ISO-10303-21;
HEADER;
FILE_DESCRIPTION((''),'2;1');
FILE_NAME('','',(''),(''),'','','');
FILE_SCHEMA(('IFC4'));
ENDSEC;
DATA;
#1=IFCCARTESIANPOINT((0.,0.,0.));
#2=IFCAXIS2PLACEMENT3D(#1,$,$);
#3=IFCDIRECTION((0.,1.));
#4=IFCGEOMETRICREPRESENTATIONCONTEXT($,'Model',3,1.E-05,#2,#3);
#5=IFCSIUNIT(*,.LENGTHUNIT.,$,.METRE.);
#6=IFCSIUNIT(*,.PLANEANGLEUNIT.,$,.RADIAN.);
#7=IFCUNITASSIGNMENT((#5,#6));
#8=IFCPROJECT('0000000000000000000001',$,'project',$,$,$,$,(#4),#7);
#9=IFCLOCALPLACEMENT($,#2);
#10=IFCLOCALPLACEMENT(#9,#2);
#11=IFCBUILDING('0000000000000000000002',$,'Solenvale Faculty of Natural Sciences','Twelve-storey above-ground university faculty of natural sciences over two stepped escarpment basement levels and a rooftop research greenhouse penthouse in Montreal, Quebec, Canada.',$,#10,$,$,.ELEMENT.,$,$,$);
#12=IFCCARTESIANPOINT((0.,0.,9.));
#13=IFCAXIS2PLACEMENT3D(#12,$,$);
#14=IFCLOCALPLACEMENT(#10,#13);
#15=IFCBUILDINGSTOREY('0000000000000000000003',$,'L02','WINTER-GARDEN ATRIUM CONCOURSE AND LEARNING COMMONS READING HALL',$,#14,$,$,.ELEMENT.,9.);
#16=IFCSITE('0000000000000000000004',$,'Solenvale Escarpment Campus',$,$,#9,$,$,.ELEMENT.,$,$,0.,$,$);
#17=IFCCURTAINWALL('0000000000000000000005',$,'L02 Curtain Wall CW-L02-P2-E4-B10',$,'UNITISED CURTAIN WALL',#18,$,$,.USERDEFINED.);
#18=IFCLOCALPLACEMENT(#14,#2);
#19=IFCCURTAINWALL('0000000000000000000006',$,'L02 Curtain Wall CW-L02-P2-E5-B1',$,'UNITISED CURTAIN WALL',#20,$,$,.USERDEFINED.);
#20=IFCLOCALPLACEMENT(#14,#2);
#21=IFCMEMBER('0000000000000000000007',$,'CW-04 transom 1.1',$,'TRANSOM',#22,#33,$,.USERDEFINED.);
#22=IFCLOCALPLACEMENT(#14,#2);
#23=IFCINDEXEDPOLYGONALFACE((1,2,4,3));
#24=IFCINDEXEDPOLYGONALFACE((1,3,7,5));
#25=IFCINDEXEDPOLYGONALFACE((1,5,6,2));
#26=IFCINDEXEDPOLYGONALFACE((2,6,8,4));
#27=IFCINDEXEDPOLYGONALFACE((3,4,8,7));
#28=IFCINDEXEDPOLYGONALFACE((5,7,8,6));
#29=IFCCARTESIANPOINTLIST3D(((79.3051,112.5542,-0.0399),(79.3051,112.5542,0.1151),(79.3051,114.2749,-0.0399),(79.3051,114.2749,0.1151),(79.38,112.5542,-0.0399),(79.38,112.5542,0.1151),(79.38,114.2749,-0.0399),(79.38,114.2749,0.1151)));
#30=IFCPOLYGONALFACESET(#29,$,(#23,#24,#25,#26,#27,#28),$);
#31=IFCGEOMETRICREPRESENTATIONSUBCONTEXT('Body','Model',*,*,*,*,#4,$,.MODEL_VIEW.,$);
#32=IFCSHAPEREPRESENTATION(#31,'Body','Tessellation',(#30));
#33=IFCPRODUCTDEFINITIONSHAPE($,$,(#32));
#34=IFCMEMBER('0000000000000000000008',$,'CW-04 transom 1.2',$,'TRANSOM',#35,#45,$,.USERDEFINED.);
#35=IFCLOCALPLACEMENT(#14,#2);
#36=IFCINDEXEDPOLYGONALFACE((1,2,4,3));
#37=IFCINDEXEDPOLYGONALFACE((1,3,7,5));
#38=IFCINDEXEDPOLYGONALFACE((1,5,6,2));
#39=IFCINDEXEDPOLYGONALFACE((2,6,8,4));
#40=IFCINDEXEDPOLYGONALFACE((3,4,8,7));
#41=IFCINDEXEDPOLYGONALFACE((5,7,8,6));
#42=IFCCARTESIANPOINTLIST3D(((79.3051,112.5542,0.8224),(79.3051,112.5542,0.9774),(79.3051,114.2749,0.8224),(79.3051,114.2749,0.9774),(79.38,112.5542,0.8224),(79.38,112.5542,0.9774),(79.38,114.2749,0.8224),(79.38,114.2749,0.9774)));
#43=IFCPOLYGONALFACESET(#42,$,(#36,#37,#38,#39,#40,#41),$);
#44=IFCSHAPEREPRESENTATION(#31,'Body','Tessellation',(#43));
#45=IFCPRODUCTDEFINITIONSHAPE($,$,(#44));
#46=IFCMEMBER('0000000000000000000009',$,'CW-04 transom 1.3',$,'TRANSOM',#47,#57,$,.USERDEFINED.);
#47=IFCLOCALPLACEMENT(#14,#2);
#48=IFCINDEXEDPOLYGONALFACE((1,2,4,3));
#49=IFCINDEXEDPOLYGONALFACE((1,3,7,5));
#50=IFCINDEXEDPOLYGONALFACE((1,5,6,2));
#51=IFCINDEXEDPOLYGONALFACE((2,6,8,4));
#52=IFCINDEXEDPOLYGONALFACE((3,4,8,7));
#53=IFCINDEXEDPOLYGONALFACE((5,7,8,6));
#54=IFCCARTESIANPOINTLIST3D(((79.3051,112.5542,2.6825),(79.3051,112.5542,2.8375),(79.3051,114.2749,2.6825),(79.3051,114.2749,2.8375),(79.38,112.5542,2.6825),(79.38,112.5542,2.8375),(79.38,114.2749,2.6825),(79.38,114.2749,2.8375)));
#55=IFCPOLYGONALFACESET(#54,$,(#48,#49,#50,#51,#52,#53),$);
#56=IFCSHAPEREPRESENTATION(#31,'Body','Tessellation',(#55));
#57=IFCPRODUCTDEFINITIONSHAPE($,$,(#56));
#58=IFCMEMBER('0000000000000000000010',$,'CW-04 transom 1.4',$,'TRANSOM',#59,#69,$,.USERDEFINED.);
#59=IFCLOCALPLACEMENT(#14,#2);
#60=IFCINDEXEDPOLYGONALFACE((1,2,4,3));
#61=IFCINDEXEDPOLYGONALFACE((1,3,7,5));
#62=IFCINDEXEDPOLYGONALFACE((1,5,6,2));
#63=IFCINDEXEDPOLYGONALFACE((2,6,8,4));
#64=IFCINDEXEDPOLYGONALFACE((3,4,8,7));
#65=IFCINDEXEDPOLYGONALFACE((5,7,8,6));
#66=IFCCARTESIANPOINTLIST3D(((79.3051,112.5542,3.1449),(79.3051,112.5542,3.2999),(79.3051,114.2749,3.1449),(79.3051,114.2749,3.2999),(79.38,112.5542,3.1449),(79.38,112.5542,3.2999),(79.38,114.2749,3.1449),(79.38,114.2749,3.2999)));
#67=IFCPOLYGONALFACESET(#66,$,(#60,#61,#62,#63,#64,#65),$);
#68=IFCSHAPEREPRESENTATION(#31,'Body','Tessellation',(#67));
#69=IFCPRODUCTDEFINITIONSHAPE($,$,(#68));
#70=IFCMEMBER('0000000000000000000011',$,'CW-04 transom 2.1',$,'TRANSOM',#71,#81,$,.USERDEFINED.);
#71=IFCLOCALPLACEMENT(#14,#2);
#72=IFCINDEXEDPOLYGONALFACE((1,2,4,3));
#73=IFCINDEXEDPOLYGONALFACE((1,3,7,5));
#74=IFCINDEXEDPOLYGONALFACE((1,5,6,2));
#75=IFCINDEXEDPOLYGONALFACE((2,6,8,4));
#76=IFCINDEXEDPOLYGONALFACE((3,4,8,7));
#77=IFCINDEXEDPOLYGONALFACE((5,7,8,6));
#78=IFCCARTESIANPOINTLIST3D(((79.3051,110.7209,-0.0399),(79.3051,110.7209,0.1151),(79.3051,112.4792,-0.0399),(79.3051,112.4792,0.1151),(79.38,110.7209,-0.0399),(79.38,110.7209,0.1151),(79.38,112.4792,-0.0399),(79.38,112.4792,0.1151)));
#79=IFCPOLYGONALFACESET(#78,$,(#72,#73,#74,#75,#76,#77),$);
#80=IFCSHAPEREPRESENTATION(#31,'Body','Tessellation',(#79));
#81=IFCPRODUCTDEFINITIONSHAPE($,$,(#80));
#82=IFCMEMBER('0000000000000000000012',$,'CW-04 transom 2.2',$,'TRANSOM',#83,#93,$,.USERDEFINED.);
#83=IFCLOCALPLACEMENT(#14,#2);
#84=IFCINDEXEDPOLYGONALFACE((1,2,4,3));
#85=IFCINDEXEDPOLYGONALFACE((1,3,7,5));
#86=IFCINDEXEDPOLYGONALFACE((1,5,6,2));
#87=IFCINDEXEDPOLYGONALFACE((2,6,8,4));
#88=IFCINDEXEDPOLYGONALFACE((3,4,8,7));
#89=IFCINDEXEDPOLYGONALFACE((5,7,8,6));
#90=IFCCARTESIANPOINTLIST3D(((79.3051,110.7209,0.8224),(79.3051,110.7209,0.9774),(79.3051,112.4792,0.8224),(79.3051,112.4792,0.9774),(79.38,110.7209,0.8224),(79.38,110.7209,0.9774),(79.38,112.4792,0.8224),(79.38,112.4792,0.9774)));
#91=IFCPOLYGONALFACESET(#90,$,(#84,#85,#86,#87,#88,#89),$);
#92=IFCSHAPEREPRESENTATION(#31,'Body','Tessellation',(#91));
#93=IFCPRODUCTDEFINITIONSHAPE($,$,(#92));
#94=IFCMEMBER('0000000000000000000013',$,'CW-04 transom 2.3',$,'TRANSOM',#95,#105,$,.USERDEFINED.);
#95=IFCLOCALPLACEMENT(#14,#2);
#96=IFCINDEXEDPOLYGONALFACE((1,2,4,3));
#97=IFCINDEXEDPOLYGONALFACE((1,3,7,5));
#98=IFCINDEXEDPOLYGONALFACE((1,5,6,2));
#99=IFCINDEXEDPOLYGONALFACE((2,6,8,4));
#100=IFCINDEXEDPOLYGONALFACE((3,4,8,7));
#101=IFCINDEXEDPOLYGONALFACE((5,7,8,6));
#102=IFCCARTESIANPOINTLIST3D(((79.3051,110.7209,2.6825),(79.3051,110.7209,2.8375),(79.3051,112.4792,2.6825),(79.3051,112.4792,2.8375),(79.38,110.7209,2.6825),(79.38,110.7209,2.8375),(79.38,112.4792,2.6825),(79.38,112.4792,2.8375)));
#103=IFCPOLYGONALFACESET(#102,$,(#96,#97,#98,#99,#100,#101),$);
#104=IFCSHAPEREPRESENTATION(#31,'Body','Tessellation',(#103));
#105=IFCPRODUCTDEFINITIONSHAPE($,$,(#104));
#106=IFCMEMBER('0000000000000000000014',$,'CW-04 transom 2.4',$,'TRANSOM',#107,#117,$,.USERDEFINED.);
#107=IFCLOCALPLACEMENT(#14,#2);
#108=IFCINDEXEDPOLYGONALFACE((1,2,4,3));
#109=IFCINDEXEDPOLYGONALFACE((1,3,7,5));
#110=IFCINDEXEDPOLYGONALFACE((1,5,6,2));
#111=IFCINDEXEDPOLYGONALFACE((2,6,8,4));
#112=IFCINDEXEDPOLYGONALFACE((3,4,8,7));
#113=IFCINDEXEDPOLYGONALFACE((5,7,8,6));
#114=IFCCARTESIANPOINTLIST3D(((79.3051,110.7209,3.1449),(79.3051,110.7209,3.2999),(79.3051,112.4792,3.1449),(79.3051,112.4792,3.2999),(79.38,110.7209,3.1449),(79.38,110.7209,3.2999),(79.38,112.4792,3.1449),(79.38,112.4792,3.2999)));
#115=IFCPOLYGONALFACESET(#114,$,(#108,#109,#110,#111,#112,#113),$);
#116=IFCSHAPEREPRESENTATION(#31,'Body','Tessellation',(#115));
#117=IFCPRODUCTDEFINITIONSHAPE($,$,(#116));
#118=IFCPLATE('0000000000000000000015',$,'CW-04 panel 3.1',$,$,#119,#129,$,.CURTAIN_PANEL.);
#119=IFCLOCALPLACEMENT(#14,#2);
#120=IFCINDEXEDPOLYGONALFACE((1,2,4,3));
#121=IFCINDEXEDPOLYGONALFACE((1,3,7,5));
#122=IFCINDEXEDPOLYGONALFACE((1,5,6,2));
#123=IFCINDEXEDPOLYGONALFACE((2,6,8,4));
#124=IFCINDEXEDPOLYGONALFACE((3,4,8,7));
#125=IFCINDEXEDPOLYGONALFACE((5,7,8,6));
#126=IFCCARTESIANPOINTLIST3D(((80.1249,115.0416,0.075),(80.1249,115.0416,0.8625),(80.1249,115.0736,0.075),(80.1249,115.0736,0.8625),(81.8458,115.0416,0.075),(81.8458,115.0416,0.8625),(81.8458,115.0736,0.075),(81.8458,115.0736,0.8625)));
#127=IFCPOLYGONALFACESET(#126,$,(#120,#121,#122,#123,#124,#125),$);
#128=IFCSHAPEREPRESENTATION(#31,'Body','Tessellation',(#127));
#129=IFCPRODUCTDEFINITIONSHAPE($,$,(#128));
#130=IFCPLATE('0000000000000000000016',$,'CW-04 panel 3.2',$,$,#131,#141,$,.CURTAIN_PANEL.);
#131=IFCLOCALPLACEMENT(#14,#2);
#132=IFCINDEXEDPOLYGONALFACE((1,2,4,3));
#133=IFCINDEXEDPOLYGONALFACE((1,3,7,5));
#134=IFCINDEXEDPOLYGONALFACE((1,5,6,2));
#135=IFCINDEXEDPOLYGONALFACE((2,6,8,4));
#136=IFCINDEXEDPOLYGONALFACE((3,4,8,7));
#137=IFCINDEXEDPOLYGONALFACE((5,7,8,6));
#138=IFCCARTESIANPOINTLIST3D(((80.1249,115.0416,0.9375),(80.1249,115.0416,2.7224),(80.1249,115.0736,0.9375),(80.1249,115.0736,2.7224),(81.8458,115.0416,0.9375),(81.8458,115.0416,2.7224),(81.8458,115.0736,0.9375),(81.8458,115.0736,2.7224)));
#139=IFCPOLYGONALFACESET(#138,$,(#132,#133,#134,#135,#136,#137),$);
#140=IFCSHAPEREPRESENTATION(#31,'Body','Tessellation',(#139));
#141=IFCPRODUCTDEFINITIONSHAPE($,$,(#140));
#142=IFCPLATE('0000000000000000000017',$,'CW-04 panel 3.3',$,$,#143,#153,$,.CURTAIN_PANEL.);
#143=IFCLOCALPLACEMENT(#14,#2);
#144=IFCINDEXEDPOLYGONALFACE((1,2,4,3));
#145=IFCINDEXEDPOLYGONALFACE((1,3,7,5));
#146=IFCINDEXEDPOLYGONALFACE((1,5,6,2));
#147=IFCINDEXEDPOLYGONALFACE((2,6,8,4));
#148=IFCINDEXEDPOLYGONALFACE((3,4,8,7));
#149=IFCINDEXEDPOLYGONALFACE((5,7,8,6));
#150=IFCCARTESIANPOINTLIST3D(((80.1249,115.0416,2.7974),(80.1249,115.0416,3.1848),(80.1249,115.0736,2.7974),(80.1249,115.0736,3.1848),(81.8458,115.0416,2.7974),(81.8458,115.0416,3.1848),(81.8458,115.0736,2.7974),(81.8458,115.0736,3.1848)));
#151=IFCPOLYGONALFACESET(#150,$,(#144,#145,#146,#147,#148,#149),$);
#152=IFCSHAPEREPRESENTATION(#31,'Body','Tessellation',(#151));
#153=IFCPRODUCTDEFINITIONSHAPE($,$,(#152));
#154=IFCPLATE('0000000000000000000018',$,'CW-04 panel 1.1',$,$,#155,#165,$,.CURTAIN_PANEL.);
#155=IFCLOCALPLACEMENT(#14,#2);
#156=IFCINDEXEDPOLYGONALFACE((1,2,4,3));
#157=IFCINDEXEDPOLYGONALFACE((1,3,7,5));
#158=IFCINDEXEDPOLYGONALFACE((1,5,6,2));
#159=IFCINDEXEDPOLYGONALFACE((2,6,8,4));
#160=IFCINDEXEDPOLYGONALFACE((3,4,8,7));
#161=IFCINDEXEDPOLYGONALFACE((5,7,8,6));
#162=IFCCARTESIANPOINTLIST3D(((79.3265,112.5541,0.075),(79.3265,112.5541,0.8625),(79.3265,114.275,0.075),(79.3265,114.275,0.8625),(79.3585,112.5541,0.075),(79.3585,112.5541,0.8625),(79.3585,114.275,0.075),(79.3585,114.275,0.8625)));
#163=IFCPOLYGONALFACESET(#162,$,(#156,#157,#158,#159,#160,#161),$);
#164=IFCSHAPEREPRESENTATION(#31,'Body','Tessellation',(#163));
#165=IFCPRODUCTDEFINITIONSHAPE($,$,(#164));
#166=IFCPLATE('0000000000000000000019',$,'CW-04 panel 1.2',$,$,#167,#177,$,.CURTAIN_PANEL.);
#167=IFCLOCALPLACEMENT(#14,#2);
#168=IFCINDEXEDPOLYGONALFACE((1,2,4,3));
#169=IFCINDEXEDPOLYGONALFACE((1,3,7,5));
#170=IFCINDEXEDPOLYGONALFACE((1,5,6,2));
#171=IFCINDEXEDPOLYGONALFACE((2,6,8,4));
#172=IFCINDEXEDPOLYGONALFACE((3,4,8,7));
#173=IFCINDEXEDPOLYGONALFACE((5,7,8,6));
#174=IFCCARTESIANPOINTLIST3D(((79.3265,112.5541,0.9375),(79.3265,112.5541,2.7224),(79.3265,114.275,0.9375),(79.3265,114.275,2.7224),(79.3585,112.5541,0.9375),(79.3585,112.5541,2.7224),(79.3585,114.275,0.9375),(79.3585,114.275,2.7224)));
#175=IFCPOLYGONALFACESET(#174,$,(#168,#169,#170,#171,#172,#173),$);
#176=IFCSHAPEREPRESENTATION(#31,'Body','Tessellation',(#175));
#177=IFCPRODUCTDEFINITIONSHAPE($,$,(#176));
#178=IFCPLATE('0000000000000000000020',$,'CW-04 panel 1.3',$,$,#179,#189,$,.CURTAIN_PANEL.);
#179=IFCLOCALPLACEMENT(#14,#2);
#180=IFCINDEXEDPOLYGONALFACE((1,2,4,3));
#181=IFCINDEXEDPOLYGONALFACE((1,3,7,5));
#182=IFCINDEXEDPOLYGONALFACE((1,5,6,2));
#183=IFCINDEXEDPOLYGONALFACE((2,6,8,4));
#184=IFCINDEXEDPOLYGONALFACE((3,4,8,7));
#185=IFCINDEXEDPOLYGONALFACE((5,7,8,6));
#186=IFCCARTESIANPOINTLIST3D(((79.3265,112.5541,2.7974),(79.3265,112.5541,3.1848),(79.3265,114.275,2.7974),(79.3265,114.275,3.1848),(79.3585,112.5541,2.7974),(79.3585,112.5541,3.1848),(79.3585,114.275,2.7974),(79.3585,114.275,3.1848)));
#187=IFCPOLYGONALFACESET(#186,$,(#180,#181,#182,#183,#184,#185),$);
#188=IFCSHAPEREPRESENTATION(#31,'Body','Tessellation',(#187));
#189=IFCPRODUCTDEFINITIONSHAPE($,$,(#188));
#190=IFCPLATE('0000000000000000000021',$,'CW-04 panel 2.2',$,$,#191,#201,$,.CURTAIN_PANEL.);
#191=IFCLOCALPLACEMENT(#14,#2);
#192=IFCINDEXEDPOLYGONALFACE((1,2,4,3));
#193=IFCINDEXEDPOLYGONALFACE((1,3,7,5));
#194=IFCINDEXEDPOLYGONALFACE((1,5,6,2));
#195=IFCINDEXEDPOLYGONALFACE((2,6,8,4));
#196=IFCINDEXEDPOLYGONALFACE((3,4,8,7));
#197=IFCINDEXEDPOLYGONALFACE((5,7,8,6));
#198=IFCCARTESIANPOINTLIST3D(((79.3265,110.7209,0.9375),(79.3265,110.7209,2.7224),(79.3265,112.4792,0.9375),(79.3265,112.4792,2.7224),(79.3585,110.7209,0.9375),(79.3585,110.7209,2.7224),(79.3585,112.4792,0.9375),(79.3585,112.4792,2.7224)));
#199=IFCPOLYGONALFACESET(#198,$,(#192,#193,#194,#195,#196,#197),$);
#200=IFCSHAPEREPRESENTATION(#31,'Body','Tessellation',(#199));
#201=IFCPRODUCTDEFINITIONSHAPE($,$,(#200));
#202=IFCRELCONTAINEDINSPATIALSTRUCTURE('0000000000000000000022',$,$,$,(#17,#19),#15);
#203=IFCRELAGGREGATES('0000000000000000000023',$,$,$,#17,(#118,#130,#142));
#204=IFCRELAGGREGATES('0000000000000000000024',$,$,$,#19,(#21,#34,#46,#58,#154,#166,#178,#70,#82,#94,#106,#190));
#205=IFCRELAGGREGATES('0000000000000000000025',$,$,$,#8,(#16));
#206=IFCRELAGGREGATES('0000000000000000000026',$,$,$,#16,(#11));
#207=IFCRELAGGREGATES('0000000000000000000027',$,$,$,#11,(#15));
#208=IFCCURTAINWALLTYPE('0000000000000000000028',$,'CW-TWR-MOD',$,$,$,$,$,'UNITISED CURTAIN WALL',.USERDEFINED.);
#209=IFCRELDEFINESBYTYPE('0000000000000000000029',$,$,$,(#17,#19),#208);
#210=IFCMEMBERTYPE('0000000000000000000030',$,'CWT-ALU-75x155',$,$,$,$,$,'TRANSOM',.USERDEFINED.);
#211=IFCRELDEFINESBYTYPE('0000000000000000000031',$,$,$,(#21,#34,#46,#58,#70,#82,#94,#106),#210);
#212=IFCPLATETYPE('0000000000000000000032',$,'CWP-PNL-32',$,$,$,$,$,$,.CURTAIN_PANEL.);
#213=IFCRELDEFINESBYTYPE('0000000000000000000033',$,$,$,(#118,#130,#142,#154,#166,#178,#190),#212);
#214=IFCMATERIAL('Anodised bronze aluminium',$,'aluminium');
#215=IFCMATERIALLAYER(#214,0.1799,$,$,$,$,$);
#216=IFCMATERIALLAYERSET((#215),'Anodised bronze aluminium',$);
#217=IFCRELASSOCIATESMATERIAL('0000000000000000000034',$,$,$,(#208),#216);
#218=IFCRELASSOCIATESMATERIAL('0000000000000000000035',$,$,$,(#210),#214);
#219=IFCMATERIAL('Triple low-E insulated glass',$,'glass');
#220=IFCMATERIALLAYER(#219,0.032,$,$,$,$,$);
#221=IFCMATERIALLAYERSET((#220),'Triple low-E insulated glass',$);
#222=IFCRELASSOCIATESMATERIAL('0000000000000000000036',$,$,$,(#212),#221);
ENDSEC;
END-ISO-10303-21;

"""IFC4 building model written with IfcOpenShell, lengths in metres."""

from ifc_helpers import new_model, si_unit, direction, frame, origin, origin_2d, place, context, subcontext, project, spatial, rectangle, extrude, material, layer, layer_set, material_profile, profile_set, type_object, element, aggregate, save


model = new_model("IFC4")

# Units and contexts
model_context = context("Model", 3, precision=1e-05, world=origin(), true_north=direction((0.0, 1.0)))
body_context = subcontext(model_context, "Body", "Model", "MODEL_VIEW")
ifc_project = project(units=[si_unit("LENGTHUNIT", "METRE"), si_unit("PLANEANGLEUNIT", "RADIAN")], contexts=[model_context])

# Site, building, storey
site_placement = place(None, origin())
site = spatial("IfcSite", under=ifc_project, at=site_placement, Name="Solenvale Escarpment Campus", CompositionType="ELEMENT", RefElevation=0.0)
building_placement = place(site_placement, origin())
building = spatial("IfcBuilding", under=site, at=building_placement, Name="Solenvale Faculty of Natural Sciences", Description="Twelve-storey above-ground university faculty of natural sciences over two stepped escarpment basement levels and a rooftop research greenhouse penthouse in Montreal, Quebec, Canada.", CompositionType="ELEMENT")
storey_placement = place(building_placement, frame((0.0, 0.0, 9.0)))
storey = spatial("IfcBuildingStorey", under=building, at=storey_placement, Name="L02", Description="WINTER-GARDEN ATRIUM CONCOURSE AND LEARNING COMMONS READING HALL", CompositionType="ELEMENT", Elevation=9.0)

# Curtain walls
ifc_material_1 = material(Name="Anodised bronze aluminium", Category="aluminium")
ifc_layer_1 = layer(ifc_material_1, 0.1799)
ifc_layer_set_1 = layer_set([ifc_layer_1], Name="Anodised bronze aluminium")
curtain_wall_type = type_object("IfcCurtainWallType", Name="CW-TWR-MOD", ElementType="UNITISED CURTAIN WALL", PredefinedType="USERDEFINED", material=ifc_layer_set_1)
curtain_wall_1_placement = place(storey_placement, origin())
curtain_wall_1 = element("IfcCurtainWall", 1, at=curtain_wall_1_placement, inside=storey, type_object=curtain_wall_type, Name="L02 Curtain Wall CW-L02-P2-E4-B10", ObjectType="UNITISED CURTAIN WALL", PredefinedType="USERDEFINED")
curtain_wall_2_placement = place(storey_placement, origin())
curtain_wall_2 = element("IfcCurtainWall", 2, at=curtain_wall_2_placement, inside=storey, type_object=curtain_wall_type, Name="L02 Curtain Wall CW-L02-P2-E5-B1", ObjectType="UNITISED CURTAIN WALL", PredefinedType="USERDEFINED")

# Members
ifc_material_profile_1 = material_profile(ifc_material_1, rectangle(XDim=0.075, YDim=0.155, at=origin_2d()), Name="ALU-TRN-75x155")
ifc_profile_set_1 = profile_set([ifc_material_profile_1], Name="Anodised bronze aluminium")
member_type_1 = type_object("IfcMemberType", Name="CWT-ALU-75x155", ElementType="TRANSOM", PredefinedType="USERDEFINED", material=ifc_profile_set_1)
member_1_placement = place(storey_placement, frame((79.3425, 114.2749, 0.0376), z_axis=(0.0, -1.0, 0.0), x_axis=(1.0, 0.0, 0.0)))
member_1 = element("IfcMember", 3, at=member_1_placement, type_object=member_type_1, Name="CW-04 transom 1.1", ObjectType="TRANSOM", PredefinedType="USERDEFINED", context=body_context, shape_type="SweptSolid", body=[
    extrude(rectangle(XDim=0.075, YDim=0.155, at=origin_2d()), origin(), (0.0, 0.0, 1.0), 1.7207),
])
member_2_placement = place(storey_placement, frame((79.3425, 114.2749, 0.8999), z_axis=(0.0, -1.0, 0.0), x_axis=(1.0, 0.0, 0.0)))
member_2 = element("IfcMember", 4, at=member_2_placement, type_object=member_type_1, Name="CW-04 transom 1.2", ObjectType="TRANSOM", PredefinedType="USERDEFINED", context=body_context, shape_type="SweptSolid", body=[
    extrude(rectangle(XDim=0.075, YDim=0.155, at=origin_2d()), origin(), (0.0, 0.0, 1.0), 1.7207),
])
member_3_placement = place(storey_placement, frame((79.3425, 114.2749, 2.76), z_axis=(0.0, -1.0, 0.0), x_axis=(1.0, 0.0, 0.0)))
member_3 = element("IfcMember", 5, at=member_3_placement, type_object=member_type_1, Name="CW-04 transom 1.3", ObjectType="TRANSOM", PredefinedType="USERDEFINED", context=body_context, shape_type="SweptSolid", body=[
    extrude(rectangle(XDim=0.075, YDim=0.155, at=origin_2d()), origin(), (0.0, 0.0, 1.0), 1.7207),
])
member_4_placement = place(storey_placement, frame((79.3425, 114.2749, 3.2224), z_axis=(0.0, -1.0, 0.0), x_axis=(1.0, 0.0, 0.0)))
member_4 = element("IfcMember", 6, at=member_4_placement, type_object=member_type_1, Name="CW-04 transom 1.4", ObjectType="TRANSOM", PredefinedType="USERDEFINED", context=body_context, shape_type="SweptSolid", body=[
    extrude(rectangle(XDim=0.075, YDim=0.155, at=origin_2d()), origin(), (0.0, 0.0, 1.0), 1.7207),
])
member_5_placement = place(storey_placement, frame((79.3425, 112.4792, 0.0376), z_axis=(0.0, -1.0, 0.0), x_axis=(1.0, 0.0, 0.0)))
member_5 = element("IfcMember", 7, at=member_5_placement, type_object=member_type_1, Name="CW-04 transom 2.1", ObjectType="TRANSOM", PredefinedType="USERDEFINED", context=body_context, shape_type="SweptSolid", body=[
    extrude(rectangle(XDim=0.075, YDim=0.155, at=origin_2d()), origin(), (0.0, 0.0, 1.0), 1.7583),
])
member_6_placement = place(storey_placement, frame((79.3425, 112.4792, 0.8999), z_axis=(0.0, -1.0, 0.0), x_axis=(1.0, 0.0, 0.0)))
member_6 = element("IfcMember", 8, at=member_6_placement, type_object=member_type_1, Name="CW-04 transom 2.2", ObjectType="TRANSOM", PredefinedType="USERDEFINED", context=body_context, shape_type="SweptSolid", body=[
    extrude(rectangle(XDim=0.075, YDim=0.155, at=origin_2d()), origin(), (0.0, 0.0, 1.0), 1.7583),
])
member_7_placement = place(storey_placement, frame((79.3425, 112.4792, 2.76), z_axis=(0.0, -1.0, 0.0), x_axis=(1.0, 0.0, 0.0)))
member_7 = element("IfcMember", 9, at=member_7_placement, type_object=member_type_1, Name="CW-04 transom 2.3", ObjectType="TRANSOM", PredefinedType="USERDEFINED", context=body_context, shape_type="SweptSolid", body=[
    extrude(rectangle(XDim=0.075, YDim=0.155, at=origin_2d()), origin(), (0.0, 0.0, 1.0), 1.7583),
])
member_8_placement = place(storey_placement, frame((79.3425, 112.4792, 3.2224), z_axis=(0.0, -1.0, 0.0), x_axis=(1.0, 0.0, 0.0)))
member_8 = element("IfcMember", 10, at=member_8_placement, type_object=member_type_1, Name="CW-04 transom 2.4", ObjectType="TRANSOM", PredefinedType="USERDEFINED", context=body_context, shape_type="SweptSolid", body=[
    extrude(rectangle(XDim=0.075, YDim=0.155, at=origin_2d()), origin(), (0.0, 0.0, 1.0), 1.7583),
])

# Plates
ifc_material_2 = material(Name="Triple low-E insulated glass", Category="glass")
ifc_layer_2 = layer(ifc_material_2, 0.032)
ifc_layer_set_2 = layer_set([ifc_layer_2], Name="Triple low-E insulated glass")
plate_type = type_object("IfcPlateType", Name="CWP-PNL-32", PredefinedType="CURTAIN_PANEL", material=ifc_layer_set_2)
plate_1_placement = place(storey_placement, frame((80.9854, 115.0576, 0.075), z_axis=(0.0, 0.0, 1.0), x_axis=(-1.0, 0.0, 0.0)))
plate_1 = element("IfcPlate", 11, at=plate_1_placement, type_object=plate_type, Name="CW-04 panel 3.1", PredefinedType="CURTAIN_PANEL", context=body_context, shape_type="SweptSolid", body=[
    extrude(rectangle(XDim=1.7209, YDim=0.032, at=origin_2d()), origin(), (0.0, 0.0, 1.0), 0.7876),
])
plate_2_placement = place(storey_placement, frame((80.9854, 115.0576, 0.9375), z_axis=(0.0, 0.0, 1.0), x_axis=(-1.0, 0.0, 0.0)))
plate_2 = element("IfcPlate", 12, at=plate_2_placement, type_object=plate_type, Name="CW-04 panel 3.2", PredefinedType="CURTAIN_PANEL", context=body_context, shape_type="SweptSolid", body=[
    extrude(rectangle(XDim=1.7209, YDim=0.032, at=origin_2d()), origin(), (0.0, 0.0, 1.0), 1.7849),
])
plate_3_placement = place(storey_placement, frame((80.9854, 115.0576, 2.7974), z_axis=(0.0, 0.0, 1.0), x_axis=(-1.0, 0.0, 0.0)))
plate_3 = element("IfcPlate", 13, at=plate_3_placement, type_object=plate_type, Name="CW-04 panel 3.3", PredefinedType="CURTAIN_PANEL", context=body_context, shape_type="SweptSolid", body=[
    extrude(rectangle(XDim=1.7209, YDim=0.032, at=origin_2d()), origin(), (0.0, 0.0, 1.0), 0.3875),
])
aggregate(curtain_wall_1, [plate_1, plate_2, plate_3])
plate_4_placement = place(storey_placement, frame((79.3425, 113.4146, 0.075), z_axis=(0.0, 0.0, 1.0), x_axis=(0.0, -1.0, 0.0)))
plate_4 = element("IfcPlate", 14, at=plate_4_placement, type_object=plate_type, Name="CW-04 panel 1.1", PredefinedType="CURTAIN_PANEL", context=body_context, shape_type="SweptSolid", body=[
    extrude(rectangle(XDim=1.7209, YDim=0.032, at=origin_2d()), origin(), (0.0, 0.0, 1.0), 0.7876),
])
plate_5_placement = place(storey_placement, frame((79.3425, 113.4146, 0.9375), z_axis=(0.0, 0.0, 1.0), x_axis=(0.0, -1.0, 0.0)))
plate_5 = element("IfcPlate", 15, at=plate_5_placement, type_object=plate_type, Name="CW-04 panel 1.2", PredefinedType="CURTAIN_PANEL", context=body_context, shape_type="SweptSolid", body=[
    extrude(rectangle(XDim=1.7209, YDim=0.032, at=origin_2d()), origin(), (0.0, 0.0, 1.0), 1.7849),
])
plate_6_placement = place(storey_placement, frame((79.3425, 113.4146, 2.7974), z_axis=(0.0, 0.0, 1.0), x_axis=(0.0, -1.0, 0.0)))
plate_6 = element("IfcPlate", 16, at=plate_6_placement, type_object=plate_type, Name="CW-04 panel 1.3", PredefinedType="CURTAIN_PANEL", context=body_context, shape_type="SweptSolid", body=[
    extrude(rectangle(XDim=1.7209, YDim=0.032, at=origin_2d()), origin(), (0.0, 0.0, 1.0), 0.3875),
])
plate_7_placement = place(storey_placement, frame((79.3425, 111.6001, 0.9375), z_axis=(0.0, 0.0, 1.0), x_axis=(0.0, -1.0, 0.0)))
plate_7 = element("IfcPlate", 17, at=plate_7_placement, type_object=plate_type, Name="CW-04 panel 2.2", PredefinedType="CURTAIN_PANEL", context=body_context, shape_type="SweptSolid", body=[
    extrude(rectangle(XDim=1.7583, YDim=0.032, at=origin_2d()), origin(), (0.0, 0.0, 1.0), 1.7849),
])
aggregate(curtain_wall_2, [member_1, member_2, member_3, member_4, plate_4, plate_5, plate_6, member_5, member_6, member_7, member_8, plate_7])

save(model, "model.ifc")
